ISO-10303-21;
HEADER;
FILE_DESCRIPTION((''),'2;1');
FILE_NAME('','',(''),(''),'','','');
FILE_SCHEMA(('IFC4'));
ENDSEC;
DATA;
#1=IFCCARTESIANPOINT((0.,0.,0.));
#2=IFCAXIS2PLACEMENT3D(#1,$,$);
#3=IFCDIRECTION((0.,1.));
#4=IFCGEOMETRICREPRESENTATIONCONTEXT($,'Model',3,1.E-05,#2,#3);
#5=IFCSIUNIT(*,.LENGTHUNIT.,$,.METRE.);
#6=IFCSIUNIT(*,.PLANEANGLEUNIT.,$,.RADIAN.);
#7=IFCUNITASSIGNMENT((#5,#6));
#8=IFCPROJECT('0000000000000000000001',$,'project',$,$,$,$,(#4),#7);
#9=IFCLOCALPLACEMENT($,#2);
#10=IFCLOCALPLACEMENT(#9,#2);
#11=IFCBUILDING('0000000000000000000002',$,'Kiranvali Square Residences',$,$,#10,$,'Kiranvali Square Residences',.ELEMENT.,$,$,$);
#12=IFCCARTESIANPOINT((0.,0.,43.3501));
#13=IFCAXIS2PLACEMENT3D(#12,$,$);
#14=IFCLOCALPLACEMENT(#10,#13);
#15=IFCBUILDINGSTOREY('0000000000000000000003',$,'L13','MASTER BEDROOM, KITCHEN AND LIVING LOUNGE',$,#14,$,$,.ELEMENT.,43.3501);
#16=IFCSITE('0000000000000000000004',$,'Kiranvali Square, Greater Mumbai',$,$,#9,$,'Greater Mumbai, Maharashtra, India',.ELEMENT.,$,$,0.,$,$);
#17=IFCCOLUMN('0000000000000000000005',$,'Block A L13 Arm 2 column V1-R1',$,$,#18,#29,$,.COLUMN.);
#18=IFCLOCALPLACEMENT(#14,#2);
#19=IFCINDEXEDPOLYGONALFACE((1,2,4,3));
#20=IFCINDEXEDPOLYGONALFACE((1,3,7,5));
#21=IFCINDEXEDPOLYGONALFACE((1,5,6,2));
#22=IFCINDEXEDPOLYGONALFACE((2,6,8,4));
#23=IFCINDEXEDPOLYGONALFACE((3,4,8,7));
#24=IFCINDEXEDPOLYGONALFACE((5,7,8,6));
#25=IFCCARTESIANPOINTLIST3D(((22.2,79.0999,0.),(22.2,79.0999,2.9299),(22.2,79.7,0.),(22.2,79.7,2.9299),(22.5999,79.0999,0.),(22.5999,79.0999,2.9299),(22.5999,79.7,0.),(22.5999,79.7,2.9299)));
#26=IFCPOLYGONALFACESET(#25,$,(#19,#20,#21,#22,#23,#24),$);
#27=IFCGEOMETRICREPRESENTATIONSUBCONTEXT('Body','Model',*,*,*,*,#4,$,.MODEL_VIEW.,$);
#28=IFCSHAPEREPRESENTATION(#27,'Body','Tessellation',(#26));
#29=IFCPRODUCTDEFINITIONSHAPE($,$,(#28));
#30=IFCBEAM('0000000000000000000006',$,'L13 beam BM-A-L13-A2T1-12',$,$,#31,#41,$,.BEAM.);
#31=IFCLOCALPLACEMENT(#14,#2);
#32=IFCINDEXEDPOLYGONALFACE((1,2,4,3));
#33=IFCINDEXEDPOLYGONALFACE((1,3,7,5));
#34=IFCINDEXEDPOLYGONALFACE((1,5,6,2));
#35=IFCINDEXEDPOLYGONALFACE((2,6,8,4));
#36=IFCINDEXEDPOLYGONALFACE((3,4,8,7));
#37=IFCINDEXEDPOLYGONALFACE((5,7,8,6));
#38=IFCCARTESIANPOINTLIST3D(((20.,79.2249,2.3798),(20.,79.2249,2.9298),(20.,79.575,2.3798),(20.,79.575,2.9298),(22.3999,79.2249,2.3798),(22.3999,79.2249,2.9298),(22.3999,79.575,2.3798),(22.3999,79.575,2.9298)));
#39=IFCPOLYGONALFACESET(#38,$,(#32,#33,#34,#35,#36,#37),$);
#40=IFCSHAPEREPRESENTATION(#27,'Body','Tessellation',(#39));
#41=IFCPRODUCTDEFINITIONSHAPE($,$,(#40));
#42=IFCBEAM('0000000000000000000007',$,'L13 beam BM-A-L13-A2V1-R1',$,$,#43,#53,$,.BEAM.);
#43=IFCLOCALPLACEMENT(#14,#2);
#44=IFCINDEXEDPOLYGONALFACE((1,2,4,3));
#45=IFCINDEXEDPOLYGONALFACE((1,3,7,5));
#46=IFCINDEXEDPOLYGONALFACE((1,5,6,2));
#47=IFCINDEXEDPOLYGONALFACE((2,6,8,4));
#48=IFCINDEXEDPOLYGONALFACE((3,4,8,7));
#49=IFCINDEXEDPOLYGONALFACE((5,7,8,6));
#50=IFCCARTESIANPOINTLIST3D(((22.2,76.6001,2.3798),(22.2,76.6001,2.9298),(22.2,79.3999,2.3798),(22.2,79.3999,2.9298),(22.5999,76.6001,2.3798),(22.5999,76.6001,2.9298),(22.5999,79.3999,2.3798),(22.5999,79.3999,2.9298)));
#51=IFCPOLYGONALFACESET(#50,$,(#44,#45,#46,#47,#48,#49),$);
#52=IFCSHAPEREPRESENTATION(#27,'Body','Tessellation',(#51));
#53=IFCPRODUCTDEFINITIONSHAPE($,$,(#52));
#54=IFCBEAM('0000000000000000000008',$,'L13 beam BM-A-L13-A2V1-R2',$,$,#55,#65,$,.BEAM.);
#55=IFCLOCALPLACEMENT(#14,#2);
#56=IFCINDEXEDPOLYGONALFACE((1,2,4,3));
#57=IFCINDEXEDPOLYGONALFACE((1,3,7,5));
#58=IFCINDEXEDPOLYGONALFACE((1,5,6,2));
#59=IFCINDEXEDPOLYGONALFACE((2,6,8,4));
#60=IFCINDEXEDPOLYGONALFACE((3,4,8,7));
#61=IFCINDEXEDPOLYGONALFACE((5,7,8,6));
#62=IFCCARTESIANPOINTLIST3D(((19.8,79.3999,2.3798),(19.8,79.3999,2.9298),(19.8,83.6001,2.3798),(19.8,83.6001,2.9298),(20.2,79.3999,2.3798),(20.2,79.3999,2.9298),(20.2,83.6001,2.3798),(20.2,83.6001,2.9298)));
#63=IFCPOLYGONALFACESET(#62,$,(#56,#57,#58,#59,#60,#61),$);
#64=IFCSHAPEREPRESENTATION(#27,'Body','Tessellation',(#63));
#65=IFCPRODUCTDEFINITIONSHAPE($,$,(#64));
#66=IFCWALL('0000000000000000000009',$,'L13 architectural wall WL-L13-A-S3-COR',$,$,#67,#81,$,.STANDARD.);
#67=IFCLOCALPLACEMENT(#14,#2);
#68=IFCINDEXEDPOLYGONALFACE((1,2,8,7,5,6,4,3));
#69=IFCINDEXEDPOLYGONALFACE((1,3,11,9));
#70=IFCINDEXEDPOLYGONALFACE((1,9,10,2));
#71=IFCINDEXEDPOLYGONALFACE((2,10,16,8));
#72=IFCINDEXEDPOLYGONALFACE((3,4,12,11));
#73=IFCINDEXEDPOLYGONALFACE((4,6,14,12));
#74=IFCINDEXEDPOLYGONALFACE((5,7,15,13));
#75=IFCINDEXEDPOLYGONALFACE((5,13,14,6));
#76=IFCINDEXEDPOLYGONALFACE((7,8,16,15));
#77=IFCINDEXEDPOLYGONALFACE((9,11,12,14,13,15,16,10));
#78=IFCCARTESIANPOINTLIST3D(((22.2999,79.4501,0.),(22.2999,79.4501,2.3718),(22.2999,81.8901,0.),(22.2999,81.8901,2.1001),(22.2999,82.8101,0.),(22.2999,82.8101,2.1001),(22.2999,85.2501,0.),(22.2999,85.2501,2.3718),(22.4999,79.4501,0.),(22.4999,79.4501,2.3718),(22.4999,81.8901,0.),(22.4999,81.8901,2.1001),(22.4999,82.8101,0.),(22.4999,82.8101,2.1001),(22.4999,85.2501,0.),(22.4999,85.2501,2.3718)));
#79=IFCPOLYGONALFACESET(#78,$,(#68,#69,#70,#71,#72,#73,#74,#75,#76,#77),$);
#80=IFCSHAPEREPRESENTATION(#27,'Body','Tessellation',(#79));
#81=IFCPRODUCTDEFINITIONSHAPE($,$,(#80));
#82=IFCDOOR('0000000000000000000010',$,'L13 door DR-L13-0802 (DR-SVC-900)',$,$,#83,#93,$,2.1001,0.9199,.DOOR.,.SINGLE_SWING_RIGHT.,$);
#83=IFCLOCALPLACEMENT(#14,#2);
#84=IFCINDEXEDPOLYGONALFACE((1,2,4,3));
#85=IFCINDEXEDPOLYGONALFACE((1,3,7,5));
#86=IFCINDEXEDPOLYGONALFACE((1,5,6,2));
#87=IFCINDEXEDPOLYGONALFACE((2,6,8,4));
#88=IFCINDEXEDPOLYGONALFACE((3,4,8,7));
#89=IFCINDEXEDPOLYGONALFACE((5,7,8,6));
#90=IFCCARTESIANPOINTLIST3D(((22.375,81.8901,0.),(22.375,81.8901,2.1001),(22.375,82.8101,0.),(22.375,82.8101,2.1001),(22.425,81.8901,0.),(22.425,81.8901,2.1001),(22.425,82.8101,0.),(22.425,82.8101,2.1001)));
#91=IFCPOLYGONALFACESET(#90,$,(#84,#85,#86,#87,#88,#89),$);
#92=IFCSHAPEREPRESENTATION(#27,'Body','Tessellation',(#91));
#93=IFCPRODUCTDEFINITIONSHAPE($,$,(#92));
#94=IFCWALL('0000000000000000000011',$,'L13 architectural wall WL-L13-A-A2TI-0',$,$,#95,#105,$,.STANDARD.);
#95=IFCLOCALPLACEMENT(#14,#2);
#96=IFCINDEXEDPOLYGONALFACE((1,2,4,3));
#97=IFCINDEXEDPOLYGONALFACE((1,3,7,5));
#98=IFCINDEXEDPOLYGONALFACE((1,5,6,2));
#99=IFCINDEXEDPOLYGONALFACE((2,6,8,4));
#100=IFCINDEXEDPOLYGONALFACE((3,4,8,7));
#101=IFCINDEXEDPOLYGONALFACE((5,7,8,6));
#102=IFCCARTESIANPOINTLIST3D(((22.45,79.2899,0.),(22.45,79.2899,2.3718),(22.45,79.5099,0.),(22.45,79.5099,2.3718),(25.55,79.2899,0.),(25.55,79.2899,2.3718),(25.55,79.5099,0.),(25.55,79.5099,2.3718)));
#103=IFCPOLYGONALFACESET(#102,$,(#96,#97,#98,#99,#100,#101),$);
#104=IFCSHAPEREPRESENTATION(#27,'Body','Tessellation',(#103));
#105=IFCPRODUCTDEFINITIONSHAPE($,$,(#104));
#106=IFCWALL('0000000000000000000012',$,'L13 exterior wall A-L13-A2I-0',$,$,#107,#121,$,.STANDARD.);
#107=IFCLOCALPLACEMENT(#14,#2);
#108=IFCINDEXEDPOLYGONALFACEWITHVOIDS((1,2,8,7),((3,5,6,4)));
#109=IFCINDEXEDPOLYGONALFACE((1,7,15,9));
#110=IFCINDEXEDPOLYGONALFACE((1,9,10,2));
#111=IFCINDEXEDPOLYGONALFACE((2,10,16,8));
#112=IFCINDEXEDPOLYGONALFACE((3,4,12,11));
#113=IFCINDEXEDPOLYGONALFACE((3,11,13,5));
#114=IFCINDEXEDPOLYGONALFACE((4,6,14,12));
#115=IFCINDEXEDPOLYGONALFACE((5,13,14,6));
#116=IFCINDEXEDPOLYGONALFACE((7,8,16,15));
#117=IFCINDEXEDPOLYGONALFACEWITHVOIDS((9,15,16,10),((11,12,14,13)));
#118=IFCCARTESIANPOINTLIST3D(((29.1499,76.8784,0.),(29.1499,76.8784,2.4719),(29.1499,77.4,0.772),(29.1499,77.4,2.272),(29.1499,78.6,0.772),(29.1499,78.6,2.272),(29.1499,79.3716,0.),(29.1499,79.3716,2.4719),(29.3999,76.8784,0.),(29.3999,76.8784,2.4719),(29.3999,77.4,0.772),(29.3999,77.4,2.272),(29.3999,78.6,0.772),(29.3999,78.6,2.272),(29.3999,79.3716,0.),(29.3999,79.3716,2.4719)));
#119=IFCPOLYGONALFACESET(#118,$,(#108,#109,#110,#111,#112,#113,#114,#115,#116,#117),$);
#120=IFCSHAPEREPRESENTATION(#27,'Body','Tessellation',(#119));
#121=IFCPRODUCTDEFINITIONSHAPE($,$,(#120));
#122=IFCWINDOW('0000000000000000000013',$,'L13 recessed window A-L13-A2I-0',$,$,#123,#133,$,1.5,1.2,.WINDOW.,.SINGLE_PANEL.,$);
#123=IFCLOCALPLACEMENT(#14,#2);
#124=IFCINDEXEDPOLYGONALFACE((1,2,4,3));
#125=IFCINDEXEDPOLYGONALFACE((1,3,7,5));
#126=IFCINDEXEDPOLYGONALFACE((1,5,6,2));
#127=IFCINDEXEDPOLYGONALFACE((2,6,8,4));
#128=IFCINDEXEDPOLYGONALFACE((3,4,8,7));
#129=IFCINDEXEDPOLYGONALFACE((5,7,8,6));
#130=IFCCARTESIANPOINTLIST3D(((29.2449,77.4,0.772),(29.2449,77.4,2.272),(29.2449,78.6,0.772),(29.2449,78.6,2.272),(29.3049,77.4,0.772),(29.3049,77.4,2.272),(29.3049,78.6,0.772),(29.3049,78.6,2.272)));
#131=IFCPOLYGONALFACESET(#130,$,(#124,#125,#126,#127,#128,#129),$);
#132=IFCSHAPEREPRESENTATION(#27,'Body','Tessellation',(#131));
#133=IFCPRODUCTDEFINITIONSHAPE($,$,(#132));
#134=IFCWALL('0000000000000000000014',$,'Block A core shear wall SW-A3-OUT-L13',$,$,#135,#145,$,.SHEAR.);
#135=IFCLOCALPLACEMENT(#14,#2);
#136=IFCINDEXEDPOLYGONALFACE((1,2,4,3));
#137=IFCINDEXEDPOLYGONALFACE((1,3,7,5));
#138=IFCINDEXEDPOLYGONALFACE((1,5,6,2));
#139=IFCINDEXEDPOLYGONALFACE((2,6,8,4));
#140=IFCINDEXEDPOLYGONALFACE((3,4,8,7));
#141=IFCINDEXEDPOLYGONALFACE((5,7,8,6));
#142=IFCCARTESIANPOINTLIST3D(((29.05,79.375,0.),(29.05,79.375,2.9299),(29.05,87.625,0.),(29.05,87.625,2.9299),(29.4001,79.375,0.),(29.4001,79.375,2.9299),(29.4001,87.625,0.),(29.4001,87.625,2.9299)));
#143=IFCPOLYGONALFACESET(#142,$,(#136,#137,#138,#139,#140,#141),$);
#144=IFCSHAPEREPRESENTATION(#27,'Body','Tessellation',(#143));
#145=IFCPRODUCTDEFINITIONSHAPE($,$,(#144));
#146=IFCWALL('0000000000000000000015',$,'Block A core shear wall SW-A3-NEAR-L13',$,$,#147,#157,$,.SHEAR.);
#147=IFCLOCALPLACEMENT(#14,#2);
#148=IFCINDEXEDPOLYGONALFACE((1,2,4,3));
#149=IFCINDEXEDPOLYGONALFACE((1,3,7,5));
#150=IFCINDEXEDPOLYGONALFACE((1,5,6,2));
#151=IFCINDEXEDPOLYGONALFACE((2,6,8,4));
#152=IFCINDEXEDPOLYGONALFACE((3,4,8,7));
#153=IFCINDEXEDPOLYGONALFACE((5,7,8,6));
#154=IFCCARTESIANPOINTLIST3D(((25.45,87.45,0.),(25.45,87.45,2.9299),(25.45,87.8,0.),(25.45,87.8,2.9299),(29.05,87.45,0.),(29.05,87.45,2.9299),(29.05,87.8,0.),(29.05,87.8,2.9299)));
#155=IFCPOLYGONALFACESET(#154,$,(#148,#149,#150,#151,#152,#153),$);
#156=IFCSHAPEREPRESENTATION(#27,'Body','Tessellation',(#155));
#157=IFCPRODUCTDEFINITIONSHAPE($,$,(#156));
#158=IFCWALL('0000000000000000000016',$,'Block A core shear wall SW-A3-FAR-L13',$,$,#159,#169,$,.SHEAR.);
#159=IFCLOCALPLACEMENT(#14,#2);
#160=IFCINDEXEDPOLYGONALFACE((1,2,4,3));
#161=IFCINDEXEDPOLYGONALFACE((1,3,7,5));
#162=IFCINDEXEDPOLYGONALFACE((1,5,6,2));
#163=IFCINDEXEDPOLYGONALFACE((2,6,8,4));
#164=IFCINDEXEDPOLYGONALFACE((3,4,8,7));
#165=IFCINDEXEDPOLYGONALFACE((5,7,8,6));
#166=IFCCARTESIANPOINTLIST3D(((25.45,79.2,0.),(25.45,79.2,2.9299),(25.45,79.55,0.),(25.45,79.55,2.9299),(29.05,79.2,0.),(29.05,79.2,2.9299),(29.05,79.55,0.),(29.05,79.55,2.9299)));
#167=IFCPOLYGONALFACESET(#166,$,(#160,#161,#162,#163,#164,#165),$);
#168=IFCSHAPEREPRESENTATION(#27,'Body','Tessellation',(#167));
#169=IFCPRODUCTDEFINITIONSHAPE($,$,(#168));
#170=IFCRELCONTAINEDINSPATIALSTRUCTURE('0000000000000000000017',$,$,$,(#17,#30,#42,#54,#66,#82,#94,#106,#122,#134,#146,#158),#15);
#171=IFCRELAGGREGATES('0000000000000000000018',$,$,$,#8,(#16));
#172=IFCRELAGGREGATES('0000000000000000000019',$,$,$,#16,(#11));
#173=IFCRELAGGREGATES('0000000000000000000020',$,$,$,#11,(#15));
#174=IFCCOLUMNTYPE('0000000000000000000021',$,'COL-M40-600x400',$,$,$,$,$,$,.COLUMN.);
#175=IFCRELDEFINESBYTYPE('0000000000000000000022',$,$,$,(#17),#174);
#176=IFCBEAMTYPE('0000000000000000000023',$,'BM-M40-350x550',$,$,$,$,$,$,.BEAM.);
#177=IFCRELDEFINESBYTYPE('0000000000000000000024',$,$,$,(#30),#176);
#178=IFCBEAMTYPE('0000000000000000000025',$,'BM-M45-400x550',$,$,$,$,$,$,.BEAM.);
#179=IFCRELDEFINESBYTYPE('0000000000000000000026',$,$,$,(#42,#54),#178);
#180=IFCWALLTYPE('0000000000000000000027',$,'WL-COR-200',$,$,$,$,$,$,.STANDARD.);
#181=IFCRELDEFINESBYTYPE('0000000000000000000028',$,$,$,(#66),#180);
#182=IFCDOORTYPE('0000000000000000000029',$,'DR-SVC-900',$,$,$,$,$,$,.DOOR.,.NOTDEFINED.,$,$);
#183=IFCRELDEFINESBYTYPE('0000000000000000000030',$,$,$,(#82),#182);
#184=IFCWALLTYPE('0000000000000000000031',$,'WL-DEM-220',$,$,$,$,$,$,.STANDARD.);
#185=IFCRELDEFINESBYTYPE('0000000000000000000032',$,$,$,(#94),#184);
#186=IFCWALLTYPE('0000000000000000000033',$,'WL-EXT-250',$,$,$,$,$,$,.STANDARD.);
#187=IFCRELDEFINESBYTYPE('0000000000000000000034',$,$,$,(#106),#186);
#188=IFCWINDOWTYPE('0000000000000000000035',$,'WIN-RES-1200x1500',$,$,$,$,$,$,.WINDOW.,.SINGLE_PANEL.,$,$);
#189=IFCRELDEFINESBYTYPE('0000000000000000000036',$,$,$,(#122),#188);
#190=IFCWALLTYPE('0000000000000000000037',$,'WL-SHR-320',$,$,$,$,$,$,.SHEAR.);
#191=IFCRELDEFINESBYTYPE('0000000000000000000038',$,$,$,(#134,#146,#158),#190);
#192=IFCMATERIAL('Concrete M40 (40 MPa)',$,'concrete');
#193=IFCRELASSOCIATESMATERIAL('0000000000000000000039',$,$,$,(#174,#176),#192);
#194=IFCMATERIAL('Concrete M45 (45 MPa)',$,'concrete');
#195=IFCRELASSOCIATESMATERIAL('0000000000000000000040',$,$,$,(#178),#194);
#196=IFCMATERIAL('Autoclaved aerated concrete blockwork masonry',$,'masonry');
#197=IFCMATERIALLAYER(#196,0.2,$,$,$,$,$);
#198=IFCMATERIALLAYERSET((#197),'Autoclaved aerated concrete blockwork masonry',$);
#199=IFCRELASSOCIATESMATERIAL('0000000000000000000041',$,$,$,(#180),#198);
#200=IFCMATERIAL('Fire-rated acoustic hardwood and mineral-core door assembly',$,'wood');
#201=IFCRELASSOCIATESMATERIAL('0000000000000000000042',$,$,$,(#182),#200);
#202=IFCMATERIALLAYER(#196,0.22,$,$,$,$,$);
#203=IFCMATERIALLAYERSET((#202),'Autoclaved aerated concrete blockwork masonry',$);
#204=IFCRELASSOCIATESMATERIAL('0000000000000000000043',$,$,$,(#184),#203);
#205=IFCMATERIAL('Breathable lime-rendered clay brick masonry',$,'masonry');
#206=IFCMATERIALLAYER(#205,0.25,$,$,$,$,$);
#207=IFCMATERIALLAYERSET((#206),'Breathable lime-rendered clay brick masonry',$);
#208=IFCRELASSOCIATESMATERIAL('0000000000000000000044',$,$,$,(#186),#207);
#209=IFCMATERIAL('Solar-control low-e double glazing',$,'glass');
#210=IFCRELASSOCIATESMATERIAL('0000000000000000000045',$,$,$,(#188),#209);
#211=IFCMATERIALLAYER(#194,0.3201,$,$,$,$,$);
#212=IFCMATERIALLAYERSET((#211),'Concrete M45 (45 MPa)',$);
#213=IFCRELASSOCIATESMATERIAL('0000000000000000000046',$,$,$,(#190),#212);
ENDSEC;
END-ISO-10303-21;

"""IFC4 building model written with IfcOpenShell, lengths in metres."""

from ifc_helpers import new_model, si_unit, direction, frame, frame_2d, origin, origin_2d, place, context, subcontext, project, spatial, rectangle, extrude, material, layer, layer_set, material_profile, profile_set, type_object, element, fill, save


model = new_model("IFC4")

# Units and contexts
model_context = context("Model", 3, precision=1e-05, world=origin(), true_north=direction((0.0, 1.0)))
body_context = subcontext(model_context, "Body", "Model", "MODEL_VIEW")
ifc_project = project(units=[si_unit("LENGTHUNIT", "METRE"), si_unit("PLANEANGLEUNIT", "RADIAN")], contexts=[model_context])

# Site, building, storey
site_placement = place(None, origin())
site = spatial("IfcSite", under=ifc_project, at=site_placement, Name="Kiranvali Square, Greater Mumbai", LongName="Greater Mumbai, Maharashtra, India", CompositionType="ELEMENT", RefElevation=0.0)
building_placement = place(site_placement, origin())
building = spatial("IfcBuilding", under=site, at=building_placement, Name="Kiranvali Square Residences", LongName="Kiranvali Square Residences", CompositionType="ELEMENT")
storey_placement = place(building_placement, frame((0.0, 0.0, 43.3501)))
storey = spatial("IfcBuildingStorey", under=building, at=storey_placement, Name="L13", Description="MASTER BEDROOM, KITCHEN AND LIVING LOUNGE", CompositionType="ELEMENT", Elevation=43.3501)

# Column
ifc_material_1 = material(Name="Concrete M40 (40 MPa)", Category="concrete")
ifc_material_profile_1 = material_profile(ifc_material_1, rectangle(XDim=0.3999, YDim=0.6001, at=origin_2d()), Name="RC 600x400")
ifc_profile_set_1 = profile_set([ifc_material_profile_1], Name="Concrete M40 (40 MPa)")
column_type = type_object("IfcColumnType", Name="COL-M40-600x400", PredefinedType="COLUMN", material=ifc_profile_set_1)
column_placement = place(storey_placement, frame((22.3999, 79.3999, 0.0), z_axis=(0.0, 0.0, 1.0), x_axis=(1.0, 0.0, 0.0)))
element("IfcColumn", 1, at=column_placement, inside=storey, type_object=column_type, Name="Block A L13 Arm 2 column V1-R1", PredefinedType="COLUMN", context=body_context, shape_type="SweptSolid", body=[
    extrude(rectangle(XDim=0.3999, YDim=0.6001, at=origin_2d()), origin(), (0.0, 0.0, 1.0), 2.9299),
])

# Beams
ifc_material_profile_2 = material_profile(ifc_material_1, rectangle(XDim=0.3501, YDim=0.55, at=origin_2d()), Name="RC 350x550")
ifc_profile_set_2 = profile_set([ifc_material_profile_2], Name="Concrete M40 (40 MPa)")
beam_type_1 = type_object("IfcBeamType", Name="BM-M40-350x550", PredefinedType="BEAM", material=ifc_profile_set_2)
beam_1_placement = place(storey_placement, frame((22.3999, 79.3999, 2.6548), z_axis=(-1.0, 0.0, 0.0), x_axis=(0.0, -1.0, 0.0)))
element("IfcBeam", 2, at=beam_1_placement, inside=storey, type_object=beam_type_1, Name="L13 beam BM-A-L13-A2T1-12", PredefinedType="BEAM", context=body_context, shape_type="SweptSolid", body=[
    extrude(rectangle(XDim=0.3501, YDim=0.55, at=origin_2d()), origin(), (0.0, 0.0, 1.0), 2.3999),
])
ifc_material_2 = material(Name="Concrete M45 (45 MPa)", Category="concrete")
ifc_material_profile_3 = material_profile(ifc_material_2, rectangle(XDim=0.3999, YDim=0.55, at=origin_2d()), Name="RC 400x550")
ifc_profile_set_3 = profile_set([ifc_material_profile_3], Name="Concrete M45 (45 MPa)")
beam_type_2 = type_object("IfcBeamType", Name="BM-M45-400x550", PredefinedType="BEAM", material=ifc_profile_set_3)
beam_2_placement = place(storey_placement, frame((22.3999, 79.3999, 2.6548), z_axis=(0.0, -1.0, 0.0), x_axis=(1.0, 0.0, 0.0)))
element("IfcBeam", 3, at=beam_2_placement, inside=storey, type_object=beam_type_2, Name="L13 beam BM-A-L13-A2V1-R1", PredefinedType="BEAM", context=body_context, shape_type="SweptSolid", body=[
    extrude(rectangle(XDim=0.3999, YDim=0.55, at=origin_2d()), origin(), (0.0, 0.0, 1.0), 2.7998),
])
beam_3_placement = place(storey_placement, frame((20.0, 83.6001, 2.6548), z_axis=(0.0, -1.0, 0.0), x_axis=(1.0, 0.0, 0.0)))
element("IfcBeam", 4, at=beam_3_placement, inside=storey, type_object=beam_type_2, Name="L13 beam BM-A-L13-A2V1-R2", PredefinedType="BEAM", context=body_context, shape_type="SweptSolid", body=[
    extrude(rectangle(XDim=0.3999, YDim=0.55, at=origin_2d()), origin(), (0.0, 0.0, 1.0), 4.2002),
])

# Wall, opening, door
ifc_material_3 = material(Name="Autoclaved aerated concrete blockwork masonry", Category="masonry")
ifc_layer_1 = layer(ifc_material_3, 0.2)
ifc_layer_set_1 = layer_set([ifc_layer_1], Name="Autoclaved aerated concrete blockwork masonry")
wall_type_1 = type_object("IfcWallType", Name="WL-COR-200", PredefinedType="STANDARD", material=ifc_layer_set_1)
ifc_material_4 = material(Name="Fire-rated acoustic hardwood and mineral-core door assembly", Category="wood")
wall_1_placement = place(storey_placement, frame((22.3999, 85.25, 0.0), z_axis=(0.0, 0.0, 1.0), x_axis=(0.0, -1.0, 0.0)))
wall_1 = element("IfcWall", 5, at=wall_1_placement, inside=storey, type_object=wall_type_1, Name="L13 architectural wall WL-L13-A-S3-COR", PredefinedType="STANDARD", context=body_context, shape_type="SweptSolid", body=[
    extrude(rectangle(XDim=5.8, YDim=0.2, at=frame_2d((2.8999, 0.0))), origin(), (0.0, 0.0, 1.0), 2.3718),
])
opening_1_placement = place(wall_1_placement, frame((2.4399, 0.0, 0.0)))
opening_1 = element("IfcOpeningElement", 6, at=opening_1_placement, cuts=wall_1, PredefinedType="OPENING", context=body_context, shape_type="SweptSolid", body=[
    extrude(rectangle(XDim=0.9199, YDim=2.1001, at=frame_2d((0.46, 1.05))), frame((0.0, 0.1099, 0.0), z_axis=(0.0, -1.0, 0.0), x_axis=(1.0, 0.0, 0.0)), (0.0, 0.0, 1.0), 0.22),
])
door_type_1 = type_object("IfcDoorType", Name="DR-SVC-900", OperationType="NOTDEFINED", PredefinedType="DOOR", material=ifc_material_4)
door_1_placement = place(opening_1_placement, frame((0.9199, 0.0, 0.0), z_axis=(0.0, 0.0, 1.0), x_axis=(-1.0, 0.0, 0.0)))
door_1 = element("IfcDoor", 7, at=door_1_placement, inside=storey, type_object=door_type_1, Name="L13 door DR-L13-0802 (DR-SVC-900)", OperationType="SINGLE_SWING_RIGHT", OverallHeight=2.1001, OverallWidth=0.9199, PredefinedType="DOOR", context=body_context, shape_type="SweptSolid", body=[
    extrude(rectangle(XDim=0.9199, YDim=2.1001, at=frame_2d((0.46, 1.05))), frame((0.0, 0.0249, 0.0), z_axis=(0.0, -1.0, 0.0), x_axis=(1.0, 0.0, 0.0)), (0.0, 0.0, 1.0), 0.05),
])
fill(opening_1, door_1)

# Wall
ifc_layer_2 = layer(ifc_material_3, 0.22)
ifc_layer_set_2 = layer_set([ifc_layer_2], Name="Autoclaved aerated concrete blockwork masonry")
wall_type_2 = type_object("IfcWallType", Name="WL-DEM-220", PredefinedType="STANDARD", material=ifc_layer_set_2)
wall_2_placement = place(storey_placement, frame((25.55, 79.3999, 0.0), z_axis=(0.0, 0.0, 1.0), x_axis=(-1.0, 0.0, 0.0)))
element("IfcWall", 8, at=wall_2_placement, inside=storey, type_object=wall_type_2, Name="L13 architectural wall WL-L13-A-A2TI-0", PredefinedType="STANDARD", context=body_context, shape_type="SweptSolid", body=[
    extrude(rectangle(XDim=3.1001, YDim=0.22, at=frame_2d((1.55, 0.0))), origin(), (0.0, 0.0, 1.0), 2.3718),
])

# Wall, opening, window
ifc_material_5 = material(Name="Breathable lime-rendered clay brick masonry", Category="masonry")
ifc_layer_3 = layer(ifc_material_5, 0.25)
ifc_layer_set_3 = layer_set([ifc_layer_3], Name="Breathable lime-rendered clay brick masonry")
wall_type_3 = type_object("IfcWallType", Name="WL-EXT-250", PredefinedType="STANDARD", material=ifc_layer_set_3)
wall_3_placement = place(storey_placement, frame((29.2749, 79.3716, 0.0), z_axis=(0.0, 0.0, 1.0), x_axis=(0.0, -1.0, 0.0)))
wall_3 = element("IfcWall", 9, at=wall_3_placement, inside=storey, type_object=wall_type_3, Name="L13 exterior wall A-L13-A2I-0", PredefinedType="STANDARD", context=body_context, shape_type="SweptSolid", body=[
    extrude(rectangle(XDim=2.4932, YDim=0.25, at=frame_2d((1.2466, 0.0))), origin(), (0.0, 0.0, 1.0), 2.4719),
])
opening_2_placement = place(wall_3_placement, frame((0.7715, 0.0, 0.772)))
opening_2 = element("IfcOpeningElement", 10, at=opening_2_placement, cuts=wall_3, PredefinedType="OPENING", context=body_context, shape_type="SweptSolid", body=[
    extrude(rectangle(XDim=1.2, YDim=1.5, at=frame_2d((0.6001, 0.75))), frame((0.0, 0.135, 0.0), z_axis=(0.0, -1.0, 0.0), x_axis=(1.0, 0.0, 0.0)), (0.0, 0.0, 1.0), 0.27),
])
ifc_material_6 = material(Name="Solar-control low-e double glazing", Category="glass")
window_type = type_object("IfcWindowType", Name="WIN-RES-1200x1500", PartitioningType="SINGLE_PANEL", PredefinedType="WINDOW", material=ifc_material_6)
window_placement = place(opening_2_placement, origin())
window = element("IfcWindow", 11, at=window_placement, inside=storey, type_object=window_type, Name="L13 recessed window A-L13-A2I-0", OverallHeight=1.5, OverallWidth=1.2, PartitioningType="SINGLE_PANEL", PredefinedType="WINDOW", context=body_context, shape_type="SweptSolid", body=[
    extrude(rectangle(XDim=1.2, YDim=1.5, at=frame_2d((0.6001, 0.75))), frame((0.0, 0.03, 0.0), z_axis=(0.0, -1.0, 0.0), x_axis=(1.0, 0.0, 0.0)), (0.0, 0.0, 1.0), 0.0601),
])
fill(opening_2, window)

# Wall
ifc_layer_4 = layer(ifc_material_2, 0.3201)
ifc_layer_set_4 = layer_set([ifc_layer_4], Name="Concrete M45 (45 MPa)")
wall_type_4 = type_object("IfcWallType", Name="WL-SHR-320", PredefinedType="SHEAR", material=ifc_layer_set_4)
wall_4_placement = place(storey_placement, frame((29.2251, 87.625, 0.0), z_axis=(0.0, 0.0, 1.0), x_axis=(0.0, -1.0, 0.0)))
element("IfcWall", 12, at=wall_4_placement, inside=storey, type_object=wall_type_4, Name="Block A core shear wall SW-A3-OUT-L13", PredefinedType="SHEAR", context=body_context, shape_type="SweptSolid", body=[
    extrude(rectangle(XDim=8.25, YDim=0.3501, at=frame_2d((4.125, 0.0))), origin(), (0.0, 0.0, 1.0), 2.9299),
])

# Walls
for number, where, z_axis, x_axis, name in (
    (13, (29.05, 87.625, 0.0), (0.0, 0.0, 1.0), (-1.0, 0.0, 0.0), "Block A core shear wall SW-A3-NEAR-L13"),
    (14, (29.05, 79.375, 0.0), (0.0, 0.0, 1.0), (-1.0, 0.0, 0.0), "Block A core shear wall SW-A3-FAR-L13"),
):
    element("IfcWall", number, at=place(storey_placement, frame(where, z_axis=z_axis, x_axis=x_axis)), inside=storey, type_object=wall_type_4, Name=name, PredefinedType="SHEAR", context=body_context, shape_type="SweptSolid", body=[
        extrude(rectangle(XDim=3.6001, YDim=0.3501, at=frame_2d((1.8, 0.0))), origin(), (0.0, 0.0, 1.0), 2.9299),
    ])

save(model, "model.ifc")
